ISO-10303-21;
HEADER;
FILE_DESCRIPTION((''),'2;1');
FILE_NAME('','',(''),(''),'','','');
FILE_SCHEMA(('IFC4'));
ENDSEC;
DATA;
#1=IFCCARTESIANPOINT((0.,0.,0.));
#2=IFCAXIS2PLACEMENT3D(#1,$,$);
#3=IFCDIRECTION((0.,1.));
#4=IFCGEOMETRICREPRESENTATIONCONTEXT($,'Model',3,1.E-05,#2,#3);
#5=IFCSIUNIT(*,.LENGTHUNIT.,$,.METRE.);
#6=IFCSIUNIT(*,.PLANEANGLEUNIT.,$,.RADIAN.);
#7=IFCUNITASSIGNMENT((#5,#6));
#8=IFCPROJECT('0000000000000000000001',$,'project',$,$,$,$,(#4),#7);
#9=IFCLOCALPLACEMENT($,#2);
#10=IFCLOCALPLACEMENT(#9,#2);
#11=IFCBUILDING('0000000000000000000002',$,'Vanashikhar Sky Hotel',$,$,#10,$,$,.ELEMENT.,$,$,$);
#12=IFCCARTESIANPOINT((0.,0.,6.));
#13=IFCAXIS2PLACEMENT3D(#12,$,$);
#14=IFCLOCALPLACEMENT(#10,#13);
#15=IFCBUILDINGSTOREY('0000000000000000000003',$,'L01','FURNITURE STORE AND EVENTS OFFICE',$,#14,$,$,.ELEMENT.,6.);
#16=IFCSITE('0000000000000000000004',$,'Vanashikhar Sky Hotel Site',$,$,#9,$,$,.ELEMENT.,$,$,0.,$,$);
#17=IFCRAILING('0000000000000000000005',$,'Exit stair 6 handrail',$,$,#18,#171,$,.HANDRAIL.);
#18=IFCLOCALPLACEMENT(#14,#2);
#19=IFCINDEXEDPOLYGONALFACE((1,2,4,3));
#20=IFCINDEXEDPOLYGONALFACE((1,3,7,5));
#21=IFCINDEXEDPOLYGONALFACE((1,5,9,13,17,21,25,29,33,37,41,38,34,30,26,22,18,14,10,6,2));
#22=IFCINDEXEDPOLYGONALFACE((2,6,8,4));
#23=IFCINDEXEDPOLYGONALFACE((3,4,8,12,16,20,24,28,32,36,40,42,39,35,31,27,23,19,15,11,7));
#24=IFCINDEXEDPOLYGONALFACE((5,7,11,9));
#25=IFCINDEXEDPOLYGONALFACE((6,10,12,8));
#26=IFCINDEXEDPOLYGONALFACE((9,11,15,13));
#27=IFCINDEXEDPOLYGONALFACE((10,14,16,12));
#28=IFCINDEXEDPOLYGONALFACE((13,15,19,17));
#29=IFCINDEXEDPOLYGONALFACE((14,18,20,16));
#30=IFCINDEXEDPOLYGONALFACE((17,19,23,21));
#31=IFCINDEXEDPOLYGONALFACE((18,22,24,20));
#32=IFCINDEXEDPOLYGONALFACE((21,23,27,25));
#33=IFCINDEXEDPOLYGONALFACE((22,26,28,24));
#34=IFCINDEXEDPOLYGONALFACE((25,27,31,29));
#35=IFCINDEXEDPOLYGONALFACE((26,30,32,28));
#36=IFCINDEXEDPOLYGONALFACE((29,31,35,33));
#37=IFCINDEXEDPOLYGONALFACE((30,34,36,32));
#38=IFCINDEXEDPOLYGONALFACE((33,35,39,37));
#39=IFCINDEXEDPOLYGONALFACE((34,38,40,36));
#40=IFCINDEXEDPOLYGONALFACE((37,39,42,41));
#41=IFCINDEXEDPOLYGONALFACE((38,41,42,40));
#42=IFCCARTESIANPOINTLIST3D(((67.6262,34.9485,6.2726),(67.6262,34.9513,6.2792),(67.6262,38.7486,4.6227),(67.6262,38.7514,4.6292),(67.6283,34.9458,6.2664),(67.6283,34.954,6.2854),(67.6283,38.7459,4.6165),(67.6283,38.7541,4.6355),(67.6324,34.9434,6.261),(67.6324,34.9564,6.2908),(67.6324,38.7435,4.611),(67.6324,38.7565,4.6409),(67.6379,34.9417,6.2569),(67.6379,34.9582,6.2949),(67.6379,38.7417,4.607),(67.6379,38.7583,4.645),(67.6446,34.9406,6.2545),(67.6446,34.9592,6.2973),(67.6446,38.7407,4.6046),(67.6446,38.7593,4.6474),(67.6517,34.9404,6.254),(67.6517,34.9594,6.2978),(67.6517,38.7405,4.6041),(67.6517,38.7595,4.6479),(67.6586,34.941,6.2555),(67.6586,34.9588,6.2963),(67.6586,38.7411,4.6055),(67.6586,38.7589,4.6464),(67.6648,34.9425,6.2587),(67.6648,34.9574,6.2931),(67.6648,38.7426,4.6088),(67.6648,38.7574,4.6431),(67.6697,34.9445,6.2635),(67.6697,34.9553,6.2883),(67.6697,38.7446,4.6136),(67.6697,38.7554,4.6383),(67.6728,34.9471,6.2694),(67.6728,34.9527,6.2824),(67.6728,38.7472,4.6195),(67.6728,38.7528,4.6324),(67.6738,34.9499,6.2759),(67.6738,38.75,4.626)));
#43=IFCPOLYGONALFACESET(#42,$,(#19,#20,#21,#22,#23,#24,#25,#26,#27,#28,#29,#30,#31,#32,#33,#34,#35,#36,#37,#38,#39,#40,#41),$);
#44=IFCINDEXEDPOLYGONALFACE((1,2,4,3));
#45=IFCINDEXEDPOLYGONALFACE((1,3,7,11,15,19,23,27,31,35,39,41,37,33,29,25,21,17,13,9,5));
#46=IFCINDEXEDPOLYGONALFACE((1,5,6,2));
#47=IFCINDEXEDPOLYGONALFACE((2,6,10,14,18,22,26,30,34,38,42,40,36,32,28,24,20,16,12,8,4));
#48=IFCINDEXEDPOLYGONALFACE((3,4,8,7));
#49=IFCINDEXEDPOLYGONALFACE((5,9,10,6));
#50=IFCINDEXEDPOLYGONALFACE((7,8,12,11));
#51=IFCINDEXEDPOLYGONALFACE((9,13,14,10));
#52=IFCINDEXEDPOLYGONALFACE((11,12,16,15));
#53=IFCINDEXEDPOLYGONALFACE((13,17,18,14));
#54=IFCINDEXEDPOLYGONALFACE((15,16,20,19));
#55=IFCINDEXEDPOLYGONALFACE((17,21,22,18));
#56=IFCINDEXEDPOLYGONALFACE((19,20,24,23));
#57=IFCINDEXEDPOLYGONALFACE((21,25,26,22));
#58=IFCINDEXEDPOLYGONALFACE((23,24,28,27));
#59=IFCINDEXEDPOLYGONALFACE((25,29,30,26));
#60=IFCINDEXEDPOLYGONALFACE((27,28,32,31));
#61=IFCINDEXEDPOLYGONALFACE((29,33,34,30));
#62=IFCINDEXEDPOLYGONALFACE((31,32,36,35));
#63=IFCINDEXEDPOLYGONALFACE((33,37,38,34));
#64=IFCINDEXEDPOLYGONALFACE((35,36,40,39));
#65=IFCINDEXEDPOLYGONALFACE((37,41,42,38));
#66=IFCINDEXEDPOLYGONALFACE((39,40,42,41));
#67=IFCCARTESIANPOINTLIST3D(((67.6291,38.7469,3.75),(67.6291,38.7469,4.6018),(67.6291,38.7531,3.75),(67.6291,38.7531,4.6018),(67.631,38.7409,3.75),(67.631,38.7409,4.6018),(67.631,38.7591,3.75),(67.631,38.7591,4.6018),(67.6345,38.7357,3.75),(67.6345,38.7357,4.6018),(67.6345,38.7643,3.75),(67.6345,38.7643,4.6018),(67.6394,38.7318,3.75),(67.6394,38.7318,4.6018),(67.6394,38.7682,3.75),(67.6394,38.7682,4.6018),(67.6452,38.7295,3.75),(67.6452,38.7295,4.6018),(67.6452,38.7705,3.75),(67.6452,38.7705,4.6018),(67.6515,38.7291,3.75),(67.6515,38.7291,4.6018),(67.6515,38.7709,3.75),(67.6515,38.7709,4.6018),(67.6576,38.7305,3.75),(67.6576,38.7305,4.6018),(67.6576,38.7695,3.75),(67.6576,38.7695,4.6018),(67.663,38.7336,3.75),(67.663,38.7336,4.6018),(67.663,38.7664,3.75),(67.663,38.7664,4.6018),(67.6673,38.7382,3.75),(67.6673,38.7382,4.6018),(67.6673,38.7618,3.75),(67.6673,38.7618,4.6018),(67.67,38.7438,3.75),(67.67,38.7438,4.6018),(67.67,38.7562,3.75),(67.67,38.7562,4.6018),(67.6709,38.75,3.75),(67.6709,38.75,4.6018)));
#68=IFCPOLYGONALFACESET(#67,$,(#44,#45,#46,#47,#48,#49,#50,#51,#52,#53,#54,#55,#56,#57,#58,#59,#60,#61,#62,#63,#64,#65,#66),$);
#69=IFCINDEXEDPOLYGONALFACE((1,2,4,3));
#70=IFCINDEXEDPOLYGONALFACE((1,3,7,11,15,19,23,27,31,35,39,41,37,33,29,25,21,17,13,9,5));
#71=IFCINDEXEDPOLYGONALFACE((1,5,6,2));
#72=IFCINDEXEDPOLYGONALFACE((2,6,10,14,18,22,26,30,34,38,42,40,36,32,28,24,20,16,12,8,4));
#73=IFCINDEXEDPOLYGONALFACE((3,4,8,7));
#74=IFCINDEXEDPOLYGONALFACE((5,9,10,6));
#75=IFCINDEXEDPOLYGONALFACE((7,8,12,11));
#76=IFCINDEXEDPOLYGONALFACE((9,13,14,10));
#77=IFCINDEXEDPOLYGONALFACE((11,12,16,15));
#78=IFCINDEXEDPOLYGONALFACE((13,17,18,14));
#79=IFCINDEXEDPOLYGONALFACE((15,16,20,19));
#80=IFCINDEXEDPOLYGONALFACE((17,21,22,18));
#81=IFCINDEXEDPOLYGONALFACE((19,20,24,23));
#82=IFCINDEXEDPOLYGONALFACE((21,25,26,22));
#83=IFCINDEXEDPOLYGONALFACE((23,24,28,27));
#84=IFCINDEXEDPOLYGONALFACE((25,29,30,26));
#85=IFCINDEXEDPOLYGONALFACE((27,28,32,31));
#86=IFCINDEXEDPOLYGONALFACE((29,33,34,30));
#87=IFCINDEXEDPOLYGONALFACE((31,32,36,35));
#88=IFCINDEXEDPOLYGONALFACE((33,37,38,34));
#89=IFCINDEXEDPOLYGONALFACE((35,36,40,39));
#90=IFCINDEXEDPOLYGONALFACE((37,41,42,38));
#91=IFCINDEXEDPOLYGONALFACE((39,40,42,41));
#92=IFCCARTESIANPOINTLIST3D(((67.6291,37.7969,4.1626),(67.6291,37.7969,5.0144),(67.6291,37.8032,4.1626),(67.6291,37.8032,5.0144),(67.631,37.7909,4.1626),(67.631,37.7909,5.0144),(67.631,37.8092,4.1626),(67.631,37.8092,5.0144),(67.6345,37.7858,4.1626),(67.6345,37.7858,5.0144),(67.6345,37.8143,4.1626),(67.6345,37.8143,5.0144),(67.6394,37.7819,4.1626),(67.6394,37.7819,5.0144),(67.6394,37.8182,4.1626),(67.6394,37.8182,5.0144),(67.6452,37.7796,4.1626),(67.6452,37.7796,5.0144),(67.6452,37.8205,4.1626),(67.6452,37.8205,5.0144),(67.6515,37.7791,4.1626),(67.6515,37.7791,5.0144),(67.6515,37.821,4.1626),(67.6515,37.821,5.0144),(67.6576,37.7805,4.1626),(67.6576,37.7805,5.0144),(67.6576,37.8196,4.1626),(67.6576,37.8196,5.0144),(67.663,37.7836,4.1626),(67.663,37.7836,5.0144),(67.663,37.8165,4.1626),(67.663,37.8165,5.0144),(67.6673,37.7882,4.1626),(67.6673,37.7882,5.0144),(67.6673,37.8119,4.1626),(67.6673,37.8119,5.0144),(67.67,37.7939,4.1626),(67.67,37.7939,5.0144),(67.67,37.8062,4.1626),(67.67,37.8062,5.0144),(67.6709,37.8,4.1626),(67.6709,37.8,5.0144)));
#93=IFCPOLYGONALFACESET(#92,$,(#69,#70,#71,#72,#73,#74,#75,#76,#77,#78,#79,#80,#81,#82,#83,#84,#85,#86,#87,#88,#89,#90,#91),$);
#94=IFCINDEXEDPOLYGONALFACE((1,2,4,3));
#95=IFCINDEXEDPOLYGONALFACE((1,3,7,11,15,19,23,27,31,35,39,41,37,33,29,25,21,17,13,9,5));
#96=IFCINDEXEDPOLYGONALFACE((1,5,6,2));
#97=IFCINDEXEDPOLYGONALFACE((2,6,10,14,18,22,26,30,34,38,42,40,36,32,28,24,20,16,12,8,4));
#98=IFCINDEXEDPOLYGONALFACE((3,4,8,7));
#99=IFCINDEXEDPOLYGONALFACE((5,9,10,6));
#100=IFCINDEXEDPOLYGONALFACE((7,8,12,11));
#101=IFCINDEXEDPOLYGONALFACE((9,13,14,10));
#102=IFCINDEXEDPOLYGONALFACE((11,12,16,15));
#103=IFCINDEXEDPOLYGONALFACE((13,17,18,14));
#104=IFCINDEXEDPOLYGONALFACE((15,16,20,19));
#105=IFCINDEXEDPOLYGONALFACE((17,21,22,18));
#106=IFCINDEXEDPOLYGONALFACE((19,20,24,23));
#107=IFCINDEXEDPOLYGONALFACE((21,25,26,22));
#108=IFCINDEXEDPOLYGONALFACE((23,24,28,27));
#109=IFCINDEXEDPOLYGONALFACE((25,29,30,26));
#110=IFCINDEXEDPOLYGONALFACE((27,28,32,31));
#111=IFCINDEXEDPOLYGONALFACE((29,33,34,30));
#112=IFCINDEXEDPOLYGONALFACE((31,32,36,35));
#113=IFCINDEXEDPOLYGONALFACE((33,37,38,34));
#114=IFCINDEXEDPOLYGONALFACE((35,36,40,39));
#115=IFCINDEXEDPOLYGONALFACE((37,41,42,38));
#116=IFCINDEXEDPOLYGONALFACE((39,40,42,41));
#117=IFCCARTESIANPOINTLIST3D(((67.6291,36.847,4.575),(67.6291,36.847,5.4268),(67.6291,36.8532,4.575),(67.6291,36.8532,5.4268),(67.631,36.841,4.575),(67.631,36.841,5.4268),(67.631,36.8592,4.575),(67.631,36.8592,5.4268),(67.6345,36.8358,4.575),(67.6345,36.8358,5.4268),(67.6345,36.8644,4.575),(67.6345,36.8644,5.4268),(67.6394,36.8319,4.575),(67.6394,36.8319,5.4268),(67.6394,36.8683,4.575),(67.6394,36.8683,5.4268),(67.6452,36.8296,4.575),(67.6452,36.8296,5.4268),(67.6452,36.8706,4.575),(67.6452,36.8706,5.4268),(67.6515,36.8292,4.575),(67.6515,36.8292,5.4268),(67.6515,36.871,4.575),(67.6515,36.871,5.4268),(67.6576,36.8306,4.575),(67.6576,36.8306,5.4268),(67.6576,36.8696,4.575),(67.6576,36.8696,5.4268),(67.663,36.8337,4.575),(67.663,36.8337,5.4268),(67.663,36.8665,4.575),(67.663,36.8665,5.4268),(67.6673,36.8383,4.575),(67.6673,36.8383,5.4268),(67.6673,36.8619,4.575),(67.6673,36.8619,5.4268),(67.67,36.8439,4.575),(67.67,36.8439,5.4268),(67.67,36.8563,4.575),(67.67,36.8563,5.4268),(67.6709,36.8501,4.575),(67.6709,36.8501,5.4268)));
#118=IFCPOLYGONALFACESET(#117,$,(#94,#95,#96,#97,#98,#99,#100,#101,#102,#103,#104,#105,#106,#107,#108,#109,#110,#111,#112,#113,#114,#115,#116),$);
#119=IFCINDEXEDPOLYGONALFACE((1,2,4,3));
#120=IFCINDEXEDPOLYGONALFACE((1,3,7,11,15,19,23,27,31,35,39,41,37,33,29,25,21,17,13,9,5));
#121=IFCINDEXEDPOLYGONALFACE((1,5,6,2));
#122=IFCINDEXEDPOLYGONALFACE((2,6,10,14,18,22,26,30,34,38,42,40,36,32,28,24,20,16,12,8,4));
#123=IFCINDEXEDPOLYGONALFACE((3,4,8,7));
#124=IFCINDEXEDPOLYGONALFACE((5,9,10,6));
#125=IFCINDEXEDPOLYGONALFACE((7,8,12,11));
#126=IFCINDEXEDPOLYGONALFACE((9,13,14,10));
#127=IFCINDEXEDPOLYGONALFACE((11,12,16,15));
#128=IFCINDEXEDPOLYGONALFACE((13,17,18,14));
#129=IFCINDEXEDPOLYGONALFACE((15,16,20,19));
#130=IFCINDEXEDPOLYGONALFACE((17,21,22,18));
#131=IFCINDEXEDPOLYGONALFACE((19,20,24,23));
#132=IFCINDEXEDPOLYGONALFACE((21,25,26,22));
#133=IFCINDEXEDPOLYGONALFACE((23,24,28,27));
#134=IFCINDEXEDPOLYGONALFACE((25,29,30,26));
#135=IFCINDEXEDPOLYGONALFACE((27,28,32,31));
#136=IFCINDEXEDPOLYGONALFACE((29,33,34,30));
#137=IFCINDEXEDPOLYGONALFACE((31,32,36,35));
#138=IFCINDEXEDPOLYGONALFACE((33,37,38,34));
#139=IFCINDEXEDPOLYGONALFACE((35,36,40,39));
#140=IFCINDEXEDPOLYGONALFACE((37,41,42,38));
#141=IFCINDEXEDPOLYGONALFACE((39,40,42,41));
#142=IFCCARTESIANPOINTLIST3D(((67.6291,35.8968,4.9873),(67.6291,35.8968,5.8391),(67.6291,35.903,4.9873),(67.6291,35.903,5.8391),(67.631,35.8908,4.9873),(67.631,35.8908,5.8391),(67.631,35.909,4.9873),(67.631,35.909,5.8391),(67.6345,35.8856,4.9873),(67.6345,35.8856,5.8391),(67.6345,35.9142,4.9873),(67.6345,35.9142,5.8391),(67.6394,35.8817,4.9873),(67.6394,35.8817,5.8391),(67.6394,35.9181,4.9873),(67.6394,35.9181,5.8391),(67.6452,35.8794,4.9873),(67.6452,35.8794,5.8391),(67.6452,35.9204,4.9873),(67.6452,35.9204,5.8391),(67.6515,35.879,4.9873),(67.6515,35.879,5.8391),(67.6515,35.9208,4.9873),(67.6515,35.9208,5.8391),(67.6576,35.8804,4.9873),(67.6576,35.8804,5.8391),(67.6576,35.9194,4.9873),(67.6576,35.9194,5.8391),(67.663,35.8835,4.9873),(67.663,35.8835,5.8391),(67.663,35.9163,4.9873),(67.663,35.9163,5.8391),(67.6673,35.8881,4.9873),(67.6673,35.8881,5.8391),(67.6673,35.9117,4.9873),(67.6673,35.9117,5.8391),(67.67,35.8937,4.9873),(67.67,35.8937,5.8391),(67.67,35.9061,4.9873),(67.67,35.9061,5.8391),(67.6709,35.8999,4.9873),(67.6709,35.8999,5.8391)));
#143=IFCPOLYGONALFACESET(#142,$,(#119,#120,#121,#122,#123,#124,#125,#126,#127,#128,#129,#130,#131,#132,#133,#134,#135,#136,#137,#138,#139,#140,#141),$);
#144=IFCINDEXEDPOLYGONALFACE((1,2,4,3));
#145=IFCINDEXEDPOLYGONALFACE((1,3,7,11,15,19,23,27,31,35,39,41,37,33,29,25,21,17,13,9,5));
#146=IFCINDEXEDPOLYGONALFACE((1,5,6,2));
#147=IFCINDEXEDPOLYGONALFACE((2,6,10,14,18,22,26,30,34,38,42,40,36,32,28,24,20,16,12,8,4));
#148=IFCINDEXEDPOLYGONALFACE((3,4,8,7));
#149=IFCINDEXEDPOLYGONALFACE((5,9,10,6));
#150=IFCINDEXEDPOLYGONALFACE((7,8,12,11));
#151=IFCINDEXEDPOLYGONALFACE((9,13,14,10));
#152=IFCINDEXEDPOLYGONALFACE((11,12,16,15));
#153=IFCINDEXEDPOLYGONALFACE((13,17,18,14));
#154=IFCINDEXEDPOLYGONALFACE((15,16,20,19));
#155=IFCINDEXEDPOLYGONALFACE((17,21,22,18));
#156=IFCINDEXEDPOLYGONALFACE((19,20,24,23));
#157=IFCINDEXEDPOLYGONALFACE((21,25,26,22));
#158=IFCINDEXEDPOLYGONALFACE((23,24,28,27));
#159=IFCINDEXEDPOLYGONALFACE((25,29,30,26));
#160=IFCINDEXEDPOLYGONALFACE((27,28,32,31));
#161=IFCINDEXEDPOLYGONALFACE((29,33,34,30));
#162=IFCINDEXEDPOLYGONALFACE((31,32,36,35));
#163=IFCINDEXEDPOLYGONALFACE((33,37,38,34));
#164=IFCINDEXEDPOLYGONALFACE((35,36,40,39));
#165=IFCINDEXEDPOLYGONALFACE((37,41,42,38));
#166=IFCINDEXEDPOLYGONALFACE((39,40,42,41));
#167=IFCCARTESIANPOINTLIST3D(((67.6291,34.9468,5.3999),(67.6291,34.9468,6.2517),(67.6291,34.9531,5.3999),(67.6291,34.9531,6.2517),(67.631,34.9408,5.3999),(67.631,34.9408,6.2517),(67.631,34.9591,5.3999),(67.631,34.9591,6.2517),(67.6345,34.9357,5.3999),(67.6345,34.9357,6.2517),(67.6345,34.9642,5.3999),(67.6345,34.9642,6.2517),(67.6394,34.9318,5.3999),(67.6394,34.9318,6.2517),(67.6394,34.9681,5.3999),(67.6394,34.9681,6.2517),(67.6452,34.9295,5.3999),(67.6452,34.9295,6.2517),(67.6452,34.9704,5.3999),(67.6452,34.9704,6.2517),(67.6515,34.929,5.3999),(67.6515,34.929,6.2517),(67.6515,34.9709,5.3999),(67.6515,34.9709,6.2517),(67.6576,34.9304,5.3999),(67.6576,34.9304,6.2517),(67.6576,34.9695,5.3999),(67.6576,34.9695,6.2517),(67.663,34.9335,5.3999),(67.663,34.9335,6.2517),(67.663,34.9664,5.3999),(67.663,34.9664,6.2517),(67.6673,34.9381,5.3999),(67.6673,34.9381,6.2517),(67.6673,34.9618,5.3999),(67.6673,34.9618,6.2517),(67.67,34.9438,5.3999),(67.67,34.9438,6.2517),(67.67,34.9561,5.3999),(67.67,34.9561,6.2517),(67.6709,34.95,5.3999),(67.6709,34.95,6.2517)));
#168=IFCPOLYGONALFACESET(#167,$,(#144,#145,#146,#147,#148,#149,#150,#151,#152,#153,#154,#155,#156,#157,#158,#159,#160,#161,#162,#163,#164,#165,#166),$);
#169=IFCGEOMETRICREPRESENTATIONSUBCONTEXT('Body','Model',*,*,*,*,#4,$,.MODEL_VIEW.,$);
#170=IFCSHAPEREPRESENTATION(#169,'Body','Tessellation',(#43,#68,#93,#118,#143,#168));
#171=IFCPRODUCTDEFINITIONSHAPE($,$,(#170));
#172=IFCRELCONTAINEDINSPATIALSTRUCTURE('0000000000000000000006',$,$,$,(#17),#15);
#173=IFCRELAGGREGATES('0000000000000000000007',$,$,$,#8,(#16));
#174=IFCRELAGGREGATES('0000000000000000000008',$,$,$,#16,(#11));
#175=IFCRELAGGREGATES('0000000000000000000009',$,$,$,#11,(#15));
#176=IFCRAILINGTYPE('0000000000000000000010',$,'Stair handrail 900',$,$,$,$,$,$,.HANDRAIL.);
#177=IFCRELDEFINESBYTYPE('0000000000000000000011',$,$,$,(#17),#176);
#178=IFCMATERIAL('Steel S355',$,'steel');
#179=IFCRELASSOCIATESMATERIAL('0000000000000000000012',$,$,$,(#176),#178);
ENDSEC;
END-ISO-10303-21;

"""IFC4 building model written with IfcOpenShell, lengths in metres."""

from ifc_helpers import new_model, si_unit, direction, frame, origin, origin_2d, place, context, subcontext, project, spatial, circle, extrude, source, transform, mapped, material, type_object, element, save


model = new_model("IFC4")

# Units and contexts
model_context = context("Model", 3, precision=1e-05, world=origin(), true_north=direction((0.0, 1.0)))
body_context = subcontext(model_context, "Body", "Model", "MODEL_VIEW")
ifc_project = project(units=[si_unit("LENGTHUNIT", "METRE"), si_unit("PLANEANGLEUNIT", "RADIAN")], contexts=[model_context])

# Site, building, storey
site_placement = place(None, origin())
site = spatial("IfcSite", under=ifc_project, at=site_placement, Name="Vanashikhar Sky Hotel Site", CompositionType="ELEMENT", RefElevation=0.0)
building_placement = place(site_placement, origin())
building = spatial("IfcBuilding", under=site, at=building_placement, Name="Vanashikhar Sky Hotel", CompositionType="ELEMENT")
storey_placement = place(building_placement, frame((0.0, 0.0, 6.0)))
storey = spatial("IfcBuildingStorey", under=building, at=storey_placement, Name="L01", Description="FURNITURE STORE AND EVENTS OFFICE", CompositionType="ELEMENT", Elevation=6.0)

# Railing
ifc_material_1 = material(Name="Steel S355", Category="steel")
railing_type_1 = type_object("IfcRailingType", Name="Stair handrail 900", PredefinedType="HANDRAIL", material=ifc_material_1)
shared_shape_1 = source(origin(), body_context, "Body", "SweptSolid", [
    extrude(circle(Radius=0.0239, at=origin_2d()), frame((0.0, 0.0, 0.876), z_axis=(0.0, -0.917272, 0.398261), x_axis=(1.0, 0.0, 0.0)), (0.0, 0.0, 1.0), 4.1428),
    extrude(circle(Radius=0.021, at=origin_2d()), origin(), (0.0, 0.0, 1.0), 0.8518),
    extrude(circle(Radius=0.021, at=origin_2d()), frame((0.0, -0.95, 0.4126)), (0.0, 0.0, 1.0), 0.8518),
    extrude(circle(Radius=0.021, at=origin_2d()), frame((0.0, -1.8999, 0.825)), (0.0, 0.0, 1.0), 0.8518),
    extrude(circle(Radius=0.021, at=origin_2d()), frame((0.0, -2.8501, 1.2373)), (0.0, 0.0, 1.0), 0.8518),
    extrude(circle(Radius=0.021, at=origin_2d()), frame((0.0, -3.8, 1.6499)), (0.0, 0.0, 1.0), 0.8518),
])
for number, where, name in (
    (1, (67.6499, 38.75, 3.75), "Exit stair 6 handrail"),
):
    element("IfcRailing", number, at=place(storey_placement, frame(where)), inside=storey, type_object=railing_type_1, Name=name, PredefinedType="HANDRAIL", context=body_context, shape_type="MappedRepresentation", body=[
        mapped(shared_shape_1, transform((0.0, 0.0, 0.0), scale=1.0)),
    ])

save(model, "model.ifc")
